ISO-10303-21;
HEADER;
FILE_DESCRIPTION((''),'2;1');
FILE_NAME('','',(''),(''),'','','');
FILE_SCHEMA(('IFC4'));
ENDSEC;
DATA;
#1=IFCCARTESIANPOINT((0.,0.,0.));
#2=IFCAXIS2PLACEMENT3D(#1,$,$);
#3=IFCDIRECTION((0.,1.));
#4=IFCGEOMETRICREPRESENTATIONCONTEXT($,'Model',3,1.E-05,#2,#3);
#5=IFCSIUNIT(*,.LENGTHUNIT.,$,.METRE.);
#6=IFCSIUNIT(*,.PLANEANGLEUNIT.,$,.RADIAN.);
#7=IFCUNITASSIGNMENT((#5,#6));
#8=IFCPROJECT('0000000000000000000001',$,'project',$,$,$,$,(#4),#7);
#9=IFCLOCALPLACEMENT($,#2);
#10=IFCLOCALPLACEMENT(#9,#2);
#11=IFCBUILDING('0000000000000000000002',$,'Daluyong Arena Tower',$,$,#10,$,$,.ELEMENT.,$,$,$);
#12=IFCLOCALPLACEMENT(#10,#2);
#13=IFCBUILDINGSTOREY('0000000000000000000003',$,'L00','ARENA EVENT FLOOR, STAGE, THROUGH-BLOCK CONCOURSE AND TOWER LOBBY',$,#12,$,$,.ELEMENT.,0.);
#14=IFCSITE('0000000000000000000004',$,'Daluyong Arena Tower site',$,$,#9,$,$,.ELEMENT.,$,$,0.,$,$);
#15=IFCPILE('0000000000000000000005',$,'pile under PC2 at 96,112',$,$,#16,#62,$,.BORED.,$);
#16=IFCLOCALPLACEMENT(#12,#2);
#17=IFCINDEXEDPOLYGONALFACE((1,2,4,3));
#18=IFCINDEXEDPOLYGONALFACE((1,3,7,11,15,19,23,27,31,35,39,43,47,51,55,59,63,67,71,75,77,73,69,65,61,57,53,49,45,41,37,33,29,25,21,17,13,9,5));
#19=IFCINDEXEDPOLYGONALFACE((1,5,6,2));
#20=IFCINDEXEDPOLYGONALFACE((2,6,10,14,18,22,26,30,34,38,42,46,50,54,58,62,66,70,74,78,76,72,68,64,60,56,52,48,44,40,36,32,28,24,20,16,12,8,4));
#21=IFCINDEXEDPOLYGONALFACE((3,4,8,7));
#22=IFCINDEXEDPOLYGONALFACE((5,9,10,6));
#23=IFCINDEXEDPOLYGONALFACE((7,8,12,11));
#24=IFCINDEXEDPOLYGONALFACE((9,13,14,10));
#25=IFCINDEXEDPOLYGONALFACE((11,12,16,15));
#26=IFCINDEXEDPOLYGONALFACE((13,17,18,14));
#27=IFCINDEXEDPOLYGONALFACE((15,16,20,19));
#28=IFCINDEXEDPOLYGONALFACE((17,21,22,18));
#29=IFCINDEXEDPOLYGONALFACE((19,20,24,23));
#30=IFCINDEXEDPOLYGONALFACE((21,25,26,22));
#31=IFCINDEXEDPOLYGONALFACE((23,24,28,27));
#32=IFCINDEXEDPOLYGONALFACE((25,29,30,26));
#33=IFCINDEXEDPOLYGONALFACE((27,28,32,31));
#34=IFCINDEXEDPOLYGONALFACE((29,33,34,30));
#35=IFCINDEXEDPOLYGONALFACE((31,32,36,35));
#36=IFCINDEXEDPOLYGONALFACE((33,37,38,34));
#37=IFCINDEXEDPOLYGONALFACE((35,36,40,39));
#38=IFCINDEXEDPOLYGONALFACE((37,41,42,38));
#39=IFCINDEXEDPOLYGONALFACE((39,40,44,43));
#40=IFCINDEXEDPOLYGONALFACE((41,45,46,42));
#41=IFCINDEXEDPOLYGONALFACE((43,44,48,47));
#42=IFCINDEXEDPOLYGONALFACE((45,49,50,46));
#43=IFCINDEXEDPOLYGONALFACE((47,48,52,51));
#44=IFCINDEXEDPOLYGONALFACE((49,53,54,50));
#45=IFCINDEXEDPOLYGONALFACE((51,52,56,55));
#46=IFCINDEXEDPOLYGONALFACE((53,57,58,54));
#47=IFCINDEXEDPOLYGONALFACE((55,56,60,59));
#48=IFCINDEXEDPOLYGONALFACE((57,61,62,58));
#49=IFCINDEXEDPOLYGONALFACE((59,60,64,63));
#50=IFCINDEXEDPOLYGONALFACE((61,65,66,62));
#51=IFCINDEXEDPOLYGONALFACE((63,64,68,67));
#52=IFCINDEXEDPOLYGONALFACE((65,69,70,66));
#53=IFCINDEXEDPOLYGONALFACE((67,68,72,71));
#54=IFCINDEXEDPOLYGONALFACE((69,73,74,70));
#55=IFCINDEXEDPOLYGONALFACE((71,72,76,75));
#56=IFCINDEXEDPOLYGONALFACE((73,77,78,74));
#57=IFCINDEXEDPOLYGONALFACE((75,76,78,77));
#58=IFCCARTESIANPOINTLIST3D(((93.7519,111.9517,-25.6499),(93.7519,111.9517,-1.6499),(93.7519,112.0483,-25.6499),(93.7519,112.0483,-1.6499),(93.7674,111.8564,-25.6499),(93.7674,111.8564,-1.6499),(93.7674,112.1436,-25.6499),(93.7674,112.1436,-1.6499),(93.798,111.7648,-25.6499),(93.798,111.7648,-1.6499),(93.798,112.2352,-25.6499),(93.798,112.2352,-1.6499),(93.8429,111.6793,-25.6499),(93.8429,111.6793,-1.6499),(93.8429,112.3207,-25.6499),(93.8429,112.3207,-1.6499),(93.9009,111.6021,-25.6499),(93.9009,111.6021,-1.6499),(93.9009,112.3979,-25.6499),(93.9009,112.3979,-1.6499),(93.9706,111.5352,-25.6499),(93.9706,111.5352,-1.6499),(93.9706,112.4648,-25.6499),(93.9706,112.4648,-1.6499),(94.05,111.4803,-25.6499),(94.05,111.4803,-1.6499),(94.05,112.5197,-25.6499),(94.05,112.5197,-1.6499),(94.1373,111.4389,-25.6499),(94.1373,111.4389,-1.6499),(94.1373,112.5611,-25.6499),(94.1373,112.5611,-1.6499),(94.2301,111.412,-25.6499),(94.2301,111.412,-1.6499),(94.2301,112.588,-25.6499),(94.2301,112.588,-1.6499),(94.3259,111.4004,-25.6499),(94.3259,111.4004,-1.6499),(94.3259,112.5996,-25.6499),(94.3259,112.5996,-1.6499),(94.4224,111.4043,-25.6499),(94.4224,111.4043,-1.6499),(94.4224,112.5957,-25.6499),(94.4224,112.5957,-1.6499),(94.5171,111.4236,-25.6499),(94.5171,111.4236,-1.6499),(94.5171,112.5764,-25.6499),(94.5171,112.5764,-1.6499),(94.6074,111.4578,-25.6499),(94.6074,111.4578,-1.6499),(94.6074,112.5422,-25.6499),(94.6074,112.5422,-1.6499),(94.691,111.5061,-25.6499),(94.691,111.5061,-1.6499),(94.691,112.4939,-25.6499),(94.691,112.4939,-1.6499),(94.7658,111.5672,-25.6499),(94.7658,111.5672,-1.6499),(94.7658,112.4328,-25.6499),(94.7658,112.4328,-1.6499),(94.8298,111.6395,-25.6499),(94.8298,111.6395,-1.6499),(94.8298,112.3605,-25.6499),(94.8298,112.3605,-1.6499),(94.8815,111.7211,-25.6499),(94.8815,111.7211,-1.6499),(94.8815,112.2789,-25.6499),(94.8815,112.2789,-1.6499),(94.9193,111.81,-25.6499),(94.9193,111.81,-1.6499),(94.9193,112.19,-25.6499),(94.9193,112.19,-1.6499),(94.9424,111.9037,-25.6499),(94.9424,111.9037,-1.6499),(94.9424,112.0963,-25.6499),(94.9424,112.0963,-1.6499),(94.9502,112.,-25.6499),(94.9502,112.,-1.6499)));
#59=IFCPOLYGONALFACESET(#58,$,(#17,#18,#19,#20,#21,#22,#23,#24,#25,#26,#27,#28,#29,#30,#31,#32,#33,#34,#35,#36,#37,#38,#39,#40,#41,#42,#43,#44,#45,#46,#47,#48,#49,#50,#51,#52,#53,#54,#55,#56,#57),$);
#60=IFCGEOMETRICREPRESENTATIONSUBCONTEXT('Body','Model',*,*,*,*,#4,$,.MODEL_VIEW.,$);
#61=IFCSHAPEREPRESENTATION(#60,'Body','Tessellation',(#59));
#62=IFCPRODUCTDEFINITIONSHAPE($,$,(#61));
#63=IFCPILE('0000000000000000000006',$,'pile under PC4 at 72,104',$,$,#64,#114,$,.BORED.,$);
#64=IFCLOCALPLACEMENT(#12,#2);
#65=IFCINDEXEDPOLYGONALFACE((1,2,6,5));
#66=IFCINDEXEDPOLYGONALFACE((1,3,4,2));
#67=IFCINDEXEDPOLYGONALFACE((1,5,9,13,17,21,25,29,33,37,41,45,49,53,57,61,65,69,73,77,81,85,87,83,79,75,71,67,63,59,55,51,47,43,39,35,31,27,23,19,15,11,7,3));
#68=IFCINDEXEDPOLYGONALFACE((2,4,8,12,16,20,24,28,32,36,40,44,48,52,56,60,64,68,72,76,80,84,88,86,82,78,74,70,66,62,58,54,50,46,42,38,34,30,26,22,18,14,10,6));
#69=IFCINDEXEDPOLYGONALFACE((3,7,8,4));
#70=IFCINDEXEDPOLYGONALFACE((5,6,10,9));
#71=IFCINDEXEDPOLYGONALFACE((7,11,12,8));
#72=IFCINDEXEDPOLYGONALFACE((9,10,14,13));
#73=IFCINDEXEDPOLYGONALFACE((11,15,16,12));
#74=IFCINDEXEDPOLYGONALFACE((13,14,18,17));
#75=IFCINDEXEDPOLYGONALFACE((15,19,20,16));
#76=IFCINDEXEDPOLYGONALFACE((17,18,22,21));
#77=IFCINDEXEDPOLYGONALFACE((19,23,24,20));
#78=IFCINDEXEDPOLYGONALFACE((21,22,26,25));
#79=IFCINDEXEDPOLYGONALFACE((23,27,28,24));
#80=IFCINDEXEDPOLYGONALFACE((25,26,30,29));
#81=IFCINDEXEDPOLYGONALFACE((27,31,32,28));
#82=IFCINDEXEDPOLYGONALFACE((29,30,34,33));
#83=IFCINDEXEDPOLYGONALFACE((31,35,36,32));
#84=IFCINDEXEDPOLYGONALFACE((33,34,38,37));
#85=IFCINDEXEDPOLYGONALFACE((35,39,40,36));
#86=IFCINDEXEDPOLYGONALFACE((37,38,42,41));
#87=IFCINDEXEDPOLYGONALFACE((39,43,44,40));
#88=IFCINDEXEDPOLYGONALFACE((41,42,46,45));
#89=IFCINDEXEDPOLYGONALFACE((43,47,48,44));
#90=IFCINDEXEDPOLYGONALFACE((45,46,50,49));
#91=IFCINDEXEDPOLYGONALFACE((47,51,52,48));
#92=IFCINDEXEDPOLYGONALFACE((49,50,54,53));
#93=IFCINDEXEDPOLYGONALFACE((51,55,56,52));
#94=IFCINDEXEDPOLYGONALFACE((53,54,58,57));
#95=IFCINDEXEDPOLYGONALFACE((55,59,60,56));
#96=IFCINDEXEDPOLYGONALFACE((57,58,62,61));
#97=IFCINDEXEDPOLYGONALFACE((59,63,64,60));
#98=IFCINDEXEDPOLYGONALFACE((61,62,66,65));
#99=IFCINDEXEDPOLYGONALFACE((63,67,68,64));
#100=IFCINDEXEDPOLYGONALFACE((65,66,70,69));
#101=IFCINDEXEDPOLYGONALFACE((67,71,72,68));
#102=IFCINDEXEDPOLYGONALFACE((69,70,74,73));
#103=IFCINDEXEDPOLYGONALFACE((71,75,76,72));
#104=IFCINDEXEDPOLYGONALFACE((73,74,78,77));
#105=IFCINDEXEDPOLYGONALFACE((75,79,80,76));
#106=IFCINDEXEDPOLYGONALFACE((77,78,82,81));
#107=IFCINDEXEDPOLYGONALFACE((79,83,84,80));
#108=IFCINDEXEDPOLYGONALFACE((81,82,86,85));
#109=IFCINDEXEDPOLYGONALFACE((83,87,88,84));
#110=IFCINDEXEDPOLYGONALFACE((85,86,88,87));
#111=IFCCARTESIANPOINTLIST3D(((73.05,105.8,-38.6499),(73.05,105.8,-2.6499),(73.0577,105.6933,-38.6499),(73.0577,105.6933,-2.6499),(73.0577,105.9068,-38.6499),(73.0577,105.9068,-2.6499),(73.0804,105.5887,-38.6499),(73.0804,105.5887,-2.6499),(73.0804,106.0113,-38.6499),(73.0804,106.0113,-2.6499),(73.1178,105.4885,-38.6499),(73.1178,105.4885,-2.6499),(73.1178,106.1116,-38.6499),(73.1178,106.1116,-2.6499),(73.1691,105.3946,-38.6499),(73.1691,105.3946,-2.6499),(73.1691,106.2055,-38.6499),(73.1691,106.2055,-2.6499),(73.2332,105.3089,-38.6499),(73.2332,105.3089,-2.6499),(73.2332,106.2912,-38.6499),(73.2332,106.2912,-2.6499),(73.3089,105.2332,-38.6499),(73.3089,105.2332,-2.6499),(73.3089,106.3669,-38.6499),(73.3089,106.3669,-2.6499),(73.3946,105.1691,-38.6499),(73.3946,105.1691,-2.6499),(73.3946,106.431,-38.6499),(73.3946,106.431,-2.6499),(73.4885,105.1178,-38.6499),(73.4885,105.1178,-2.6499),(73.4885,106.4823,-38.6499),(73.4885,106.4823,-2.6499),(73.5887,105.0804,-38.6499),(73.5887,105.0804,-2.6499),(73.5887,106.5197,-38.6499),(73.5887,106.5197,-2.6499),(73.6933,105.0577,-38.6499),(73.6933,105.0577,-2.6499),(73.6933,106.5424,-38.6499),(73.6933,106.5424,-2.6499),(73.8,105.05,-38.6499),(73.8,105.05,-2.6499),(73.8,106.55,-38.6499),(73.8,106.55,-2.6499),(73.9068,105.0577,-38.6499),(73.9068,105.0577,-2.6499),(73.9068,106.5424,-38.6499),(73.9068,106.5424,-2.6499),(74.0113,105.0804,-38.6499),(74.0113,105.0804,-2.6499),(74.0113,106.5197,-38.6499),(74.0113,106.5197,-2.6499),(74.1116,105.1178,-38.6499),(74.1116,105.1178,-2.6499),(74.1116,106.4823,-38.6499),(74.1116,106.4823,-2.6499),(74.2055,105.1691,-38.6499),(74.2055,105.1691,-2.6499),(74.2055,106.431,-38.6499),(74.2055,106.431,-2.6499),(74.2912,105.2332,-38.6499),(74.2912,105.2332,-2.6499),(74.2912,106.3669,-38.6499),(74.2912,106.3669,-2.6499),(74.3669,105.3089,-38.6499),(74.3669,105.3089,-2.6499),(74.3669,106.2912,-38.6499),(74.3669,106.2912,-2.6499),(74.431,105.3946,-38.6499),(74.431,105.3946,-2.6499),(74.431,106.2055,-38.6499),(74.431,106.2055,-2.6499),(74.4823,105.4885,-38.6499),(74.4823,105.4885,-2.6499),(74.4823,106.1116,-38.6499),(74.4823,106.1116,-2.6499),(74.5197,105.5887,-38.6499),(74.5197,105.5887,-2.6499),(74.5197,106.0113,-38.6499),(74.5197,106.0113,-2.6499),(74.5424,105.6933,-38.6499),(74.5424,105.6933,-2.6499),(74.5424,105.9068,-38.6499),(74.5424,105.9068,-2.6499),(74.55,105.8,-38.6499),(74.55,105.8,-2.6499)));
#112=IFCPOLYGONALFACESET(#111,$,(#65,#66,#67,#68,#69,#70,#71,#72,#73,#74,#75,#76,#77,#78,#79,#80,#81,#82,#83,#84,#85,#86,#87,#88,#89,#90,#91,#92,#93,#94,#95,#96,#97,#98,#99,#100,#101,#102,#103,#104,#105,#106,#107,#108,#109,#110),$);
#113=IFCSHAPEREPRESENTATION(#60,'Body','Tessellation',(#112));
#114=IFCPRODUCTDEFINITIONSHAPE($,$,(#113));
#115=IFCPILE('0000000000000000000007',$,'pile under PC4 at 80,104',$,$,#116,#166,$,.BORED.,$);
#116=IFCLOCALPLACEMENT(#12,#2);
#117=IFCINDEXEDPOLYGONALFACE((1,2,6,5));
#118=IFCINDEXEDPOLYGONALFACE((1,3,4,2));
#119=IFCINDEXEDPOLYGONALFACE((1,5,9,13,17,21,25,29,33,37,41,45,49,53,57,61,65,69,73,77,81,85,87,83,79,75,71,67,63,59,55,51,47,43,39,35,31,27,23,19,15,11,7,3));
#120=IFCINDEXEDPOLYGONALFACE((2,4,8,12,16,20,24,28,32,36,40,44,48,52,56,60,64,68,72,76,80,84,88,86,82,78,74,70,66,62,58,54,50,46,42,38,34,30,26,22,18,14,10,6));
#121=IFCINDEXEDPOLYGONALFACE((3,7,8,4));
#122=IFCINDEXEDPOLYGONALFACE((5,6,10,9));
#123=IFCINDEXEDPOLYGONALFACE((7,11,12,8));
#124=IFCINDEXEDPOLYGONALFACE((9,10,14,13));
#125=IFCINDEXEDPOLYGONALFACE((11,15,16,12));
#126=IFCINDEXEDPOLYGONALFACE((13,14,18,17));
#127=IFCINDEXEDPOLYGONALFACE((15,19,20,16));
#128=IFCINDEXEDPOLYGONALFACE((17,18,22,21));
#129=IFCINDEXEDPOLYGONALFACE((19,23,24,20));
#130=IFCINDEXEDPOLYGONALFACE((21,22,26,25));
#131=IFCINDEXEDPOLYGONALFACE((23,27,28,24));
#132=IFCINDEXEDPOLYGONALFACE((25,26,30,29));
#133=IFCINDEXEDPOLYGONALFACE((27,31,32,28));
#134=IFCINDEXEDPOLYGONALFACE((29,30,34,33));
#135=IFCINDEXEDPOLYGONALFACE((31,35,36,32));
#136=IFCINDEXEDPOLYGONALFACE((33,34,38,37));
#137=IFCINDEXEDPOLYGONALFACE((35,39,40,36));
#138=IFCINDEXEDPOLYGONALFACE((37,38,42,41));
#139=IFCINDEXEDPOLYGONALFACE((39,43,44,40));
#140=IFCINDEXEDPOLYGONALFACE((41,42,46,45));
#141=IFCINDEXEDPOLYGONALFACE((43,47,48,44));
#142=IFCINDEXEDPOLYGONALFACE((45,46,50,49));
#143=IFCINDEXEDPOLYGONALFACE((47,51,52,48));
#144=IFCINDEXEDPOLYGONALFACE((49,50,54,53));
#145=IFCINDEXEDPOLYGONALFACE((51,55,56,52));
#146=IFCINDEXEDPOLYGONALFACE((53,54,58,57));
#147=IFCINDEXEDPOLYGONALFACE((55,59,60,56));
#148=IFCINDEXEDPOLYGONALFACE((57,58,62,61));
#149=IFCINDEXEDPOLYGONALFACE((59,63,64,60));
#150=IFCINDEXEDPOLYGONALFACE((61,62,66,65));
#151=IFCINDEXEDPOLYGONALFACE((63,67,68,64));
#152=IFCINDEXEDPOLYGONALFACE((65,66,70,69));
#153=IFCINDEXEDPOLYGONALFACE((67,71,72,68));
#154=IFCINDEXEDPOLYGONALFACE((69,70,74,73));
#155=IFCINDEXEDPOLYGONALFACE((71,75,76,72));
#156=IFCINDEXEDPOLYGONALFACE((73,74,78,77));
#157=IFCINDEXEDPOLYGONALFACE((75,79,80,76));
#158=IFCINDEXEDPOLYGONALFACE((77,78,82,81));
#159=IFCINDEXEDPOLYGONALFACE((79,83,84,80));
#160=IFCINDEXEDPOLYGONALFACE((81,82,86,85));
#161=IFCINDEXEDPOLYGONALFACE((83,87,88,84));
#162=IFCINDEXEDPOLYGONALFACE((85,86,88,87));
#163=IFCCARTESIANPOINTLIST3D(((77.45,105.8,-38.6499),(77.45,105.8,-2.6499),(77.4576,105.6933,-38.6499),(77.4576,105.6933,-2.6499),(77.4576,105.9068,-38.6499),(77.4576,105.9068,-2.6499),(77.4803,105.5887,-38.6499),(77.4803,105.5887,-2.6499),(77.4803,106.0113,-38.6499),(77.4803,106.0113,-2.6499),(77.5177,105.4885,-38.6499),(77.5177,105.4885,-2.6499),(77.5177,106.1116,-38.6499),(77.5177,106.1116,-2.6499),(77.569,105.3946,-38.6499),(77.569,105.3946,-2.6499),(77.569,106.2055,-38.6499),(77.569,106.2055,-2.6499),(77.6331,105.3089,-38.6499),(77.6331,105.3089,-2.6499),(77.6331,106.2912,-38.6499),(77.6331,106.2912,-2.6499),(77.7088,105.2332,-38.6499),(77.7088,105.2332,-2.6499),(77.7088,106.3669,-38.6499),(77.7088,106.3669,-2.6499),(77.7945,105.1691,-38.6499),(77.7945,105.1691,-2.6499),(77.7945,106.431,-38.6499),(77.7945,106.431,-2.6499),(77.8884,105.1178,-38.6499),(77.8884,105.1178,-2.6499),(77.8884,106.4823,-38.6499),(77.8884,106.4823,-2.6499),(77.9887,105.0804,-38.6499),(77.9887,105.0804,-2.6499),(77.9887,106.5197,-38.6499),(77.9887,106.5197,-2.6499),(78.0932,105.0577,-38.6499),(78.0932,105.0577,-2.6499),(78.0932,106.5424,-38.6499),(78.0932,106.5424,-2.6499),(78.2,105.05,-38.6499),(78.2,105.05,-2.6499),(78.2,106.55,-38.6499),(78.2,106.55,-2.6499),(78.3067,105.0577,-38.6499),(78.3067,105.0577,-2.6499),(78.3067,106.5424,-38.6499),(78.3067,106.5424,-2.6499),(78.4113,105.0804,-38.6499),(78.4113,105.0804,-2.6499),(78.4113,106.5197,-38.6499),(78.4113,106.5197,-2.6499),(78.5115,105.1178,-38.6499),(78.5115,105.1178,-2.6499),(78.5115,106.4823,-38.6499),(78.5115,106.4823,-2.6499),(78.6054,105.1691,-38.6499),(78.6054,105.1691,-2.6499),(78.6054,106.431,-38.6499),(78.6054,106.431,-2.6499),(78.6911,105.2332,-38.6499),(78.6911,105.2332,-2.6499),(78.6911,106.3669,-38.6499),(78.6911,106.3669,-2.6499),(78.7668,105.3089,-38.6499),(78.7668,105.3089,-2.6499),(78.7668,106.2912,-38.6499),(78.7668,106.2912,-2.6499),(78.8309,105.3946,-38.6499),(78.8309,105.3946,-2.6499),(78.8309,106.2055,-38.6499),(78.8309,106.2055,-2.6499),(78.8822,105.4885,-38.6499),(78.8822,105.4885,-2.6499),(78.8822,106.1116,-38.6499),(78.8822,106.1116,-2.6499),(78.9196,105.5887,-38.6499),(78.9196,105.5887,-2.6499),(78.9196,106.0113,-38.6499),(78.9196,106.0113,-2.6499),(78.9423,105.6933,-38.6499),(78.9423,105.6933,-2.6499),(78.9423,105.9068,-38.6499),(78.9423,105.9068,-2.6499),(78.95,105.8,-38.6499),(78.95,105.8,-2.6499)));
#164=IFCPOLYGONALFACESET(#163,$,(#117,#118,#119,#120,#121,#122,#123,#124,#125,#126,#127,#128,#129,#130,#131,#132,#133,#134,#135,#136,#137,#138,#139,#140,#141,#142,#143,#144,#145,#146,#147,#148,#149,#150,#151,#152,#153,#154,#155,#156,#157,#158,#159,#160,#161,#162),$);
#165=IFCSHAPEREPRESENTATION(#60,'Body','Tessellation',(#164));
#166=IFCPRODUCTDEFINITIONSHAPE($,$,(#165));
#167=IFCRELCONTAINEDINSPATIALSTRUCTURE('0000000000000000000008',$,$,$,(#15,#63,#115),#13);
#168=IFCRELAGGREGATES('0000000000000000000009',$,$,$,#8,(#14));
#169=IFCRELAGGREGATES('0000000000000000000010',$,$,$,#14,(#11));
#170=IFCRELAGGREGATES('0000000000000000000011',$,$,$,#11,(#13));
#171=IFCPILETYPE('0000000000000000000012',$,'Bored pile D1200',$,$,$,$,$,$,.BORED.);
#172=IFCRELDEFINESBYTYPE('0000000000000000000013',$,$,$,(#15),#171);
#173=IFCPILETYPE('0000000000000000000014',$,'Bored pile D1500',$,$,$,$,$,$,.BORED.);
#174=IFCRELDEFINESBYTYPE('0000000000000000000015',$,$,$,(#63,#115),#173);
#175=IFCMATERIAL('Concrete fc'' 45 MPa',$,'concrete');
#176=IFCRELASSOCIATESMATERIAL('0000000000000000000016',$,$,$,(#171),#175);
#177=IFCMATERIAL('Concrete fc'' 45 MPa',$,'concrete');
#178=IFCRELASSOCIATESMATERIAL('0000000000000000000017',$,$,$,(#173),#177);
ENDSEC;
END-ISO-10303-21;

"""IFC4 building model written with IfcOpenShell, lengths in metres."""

from ifc_helpers import new_model, si_unit, direction, frame, origin, origin_2d, place, context, subcontext, project, spatial, circle, extrude, material, type_object, element, save


model = new_model("IFC4")

# Units and contexts
model_context = context("Model", 3, precision=1e-05, world=origin(), true_north=direction((0.0, 1.0)))
body_context = subcontext(model_context, "Body", "Model", "MODEL_VIEW")
ifc_project = project(units=[si_unit("LENGTHUNIT", "METRE"), si_unit("PLANEANGLEUNIT", "RADIAN")], contexts=[model_context])

# Site, building, storey
site_placement = place(None, origin())
site = spatial("IfcSite", under=ifc_project, at=site_placement, Name="Daluyong Arena Tower site", CompositionType="ELEMENT", RefElevation=0.0)
building_placement = place(site_placement, origin())
building = spatial("IfcBuilding", under=site, at=building_placement, Name="Daluyong Arena Tower", CompositionType="ELEMENT")
storey_placement = place(building_placement, origin())
storey = spatial("IfcBuildingStorey", under=building, at=storey_placement, Name="L00", Description="ARENA EVENT FLOOR, STAGE, THROUGH-BLOCK CONCOURSE AND TOWER LOBBY", CompositionType="ELEMENT", Elevation=0.0)

# Piles
ifc_material_1 = material(Name="Concrete fc' 45 MPa", Category="concrete")
pile_type_1 = type_object("IfcPileType", Name="Bored pile D1200", PredefinedType="BORED", material=ifc_material_1)
for number, where, z_axis, x_axis, name in (
    (1, (94.3501, 112.0, -1.6499), (0.0, 0.0, -1.0), (1.0, 0.0, 0.0), "pile under PC2 at 96,112"),
):
    element("IfcPile", number, at=place(storey_placement, frame(where, z_axis=z_axis, x_axis=x_axis)), inside=storey, type_object=pile_type_1, Name=name, PredefinedType="BORED", context=body_context, shape_type="SweptSolid", body=[
        extrude(circle(Radius=0.6001, at=origin_2d()), origin(), (0.0, 0.0, 1.0), 24.0),
    ])
ifc_material_2 = material(Name="Concrete fc' 45 MPa", Category="concrete")
pile_type_2 = type_object("IfcPileType", Name="Bored pile D1500", PredefinedType="BORED", material=ifc_material_2)
for number, where, z_axis, x_axis, name in (
    (2, (73.8, 105.8, -2.6499), (0.0, 0.0, -1.0), (1.0, 0.0, 0.0), "pile under PC4 at 72,104"),
    (3, (78.2, 105.8, -2.6499), (0.0, 0.0, -1.0), (1.0, 0.0, 0.0), "pile under PC4 at 80,104"),
):
    element("IfcPile", number, at=place(storey_placement, frame(where, z_axis=z_axis, x_axis=x_axis)), inside=storey, type_object=pile_type_2, Name=name, PredefinedType="BORED", context=body_context, shape_type="SweptSolid", body=[
        extrude(circle(Radius=0.75, at=origin_2d()), origin(), (0.0, 0.0, 1.0), 36.0),
    ])

save(model, "model.ifc")
